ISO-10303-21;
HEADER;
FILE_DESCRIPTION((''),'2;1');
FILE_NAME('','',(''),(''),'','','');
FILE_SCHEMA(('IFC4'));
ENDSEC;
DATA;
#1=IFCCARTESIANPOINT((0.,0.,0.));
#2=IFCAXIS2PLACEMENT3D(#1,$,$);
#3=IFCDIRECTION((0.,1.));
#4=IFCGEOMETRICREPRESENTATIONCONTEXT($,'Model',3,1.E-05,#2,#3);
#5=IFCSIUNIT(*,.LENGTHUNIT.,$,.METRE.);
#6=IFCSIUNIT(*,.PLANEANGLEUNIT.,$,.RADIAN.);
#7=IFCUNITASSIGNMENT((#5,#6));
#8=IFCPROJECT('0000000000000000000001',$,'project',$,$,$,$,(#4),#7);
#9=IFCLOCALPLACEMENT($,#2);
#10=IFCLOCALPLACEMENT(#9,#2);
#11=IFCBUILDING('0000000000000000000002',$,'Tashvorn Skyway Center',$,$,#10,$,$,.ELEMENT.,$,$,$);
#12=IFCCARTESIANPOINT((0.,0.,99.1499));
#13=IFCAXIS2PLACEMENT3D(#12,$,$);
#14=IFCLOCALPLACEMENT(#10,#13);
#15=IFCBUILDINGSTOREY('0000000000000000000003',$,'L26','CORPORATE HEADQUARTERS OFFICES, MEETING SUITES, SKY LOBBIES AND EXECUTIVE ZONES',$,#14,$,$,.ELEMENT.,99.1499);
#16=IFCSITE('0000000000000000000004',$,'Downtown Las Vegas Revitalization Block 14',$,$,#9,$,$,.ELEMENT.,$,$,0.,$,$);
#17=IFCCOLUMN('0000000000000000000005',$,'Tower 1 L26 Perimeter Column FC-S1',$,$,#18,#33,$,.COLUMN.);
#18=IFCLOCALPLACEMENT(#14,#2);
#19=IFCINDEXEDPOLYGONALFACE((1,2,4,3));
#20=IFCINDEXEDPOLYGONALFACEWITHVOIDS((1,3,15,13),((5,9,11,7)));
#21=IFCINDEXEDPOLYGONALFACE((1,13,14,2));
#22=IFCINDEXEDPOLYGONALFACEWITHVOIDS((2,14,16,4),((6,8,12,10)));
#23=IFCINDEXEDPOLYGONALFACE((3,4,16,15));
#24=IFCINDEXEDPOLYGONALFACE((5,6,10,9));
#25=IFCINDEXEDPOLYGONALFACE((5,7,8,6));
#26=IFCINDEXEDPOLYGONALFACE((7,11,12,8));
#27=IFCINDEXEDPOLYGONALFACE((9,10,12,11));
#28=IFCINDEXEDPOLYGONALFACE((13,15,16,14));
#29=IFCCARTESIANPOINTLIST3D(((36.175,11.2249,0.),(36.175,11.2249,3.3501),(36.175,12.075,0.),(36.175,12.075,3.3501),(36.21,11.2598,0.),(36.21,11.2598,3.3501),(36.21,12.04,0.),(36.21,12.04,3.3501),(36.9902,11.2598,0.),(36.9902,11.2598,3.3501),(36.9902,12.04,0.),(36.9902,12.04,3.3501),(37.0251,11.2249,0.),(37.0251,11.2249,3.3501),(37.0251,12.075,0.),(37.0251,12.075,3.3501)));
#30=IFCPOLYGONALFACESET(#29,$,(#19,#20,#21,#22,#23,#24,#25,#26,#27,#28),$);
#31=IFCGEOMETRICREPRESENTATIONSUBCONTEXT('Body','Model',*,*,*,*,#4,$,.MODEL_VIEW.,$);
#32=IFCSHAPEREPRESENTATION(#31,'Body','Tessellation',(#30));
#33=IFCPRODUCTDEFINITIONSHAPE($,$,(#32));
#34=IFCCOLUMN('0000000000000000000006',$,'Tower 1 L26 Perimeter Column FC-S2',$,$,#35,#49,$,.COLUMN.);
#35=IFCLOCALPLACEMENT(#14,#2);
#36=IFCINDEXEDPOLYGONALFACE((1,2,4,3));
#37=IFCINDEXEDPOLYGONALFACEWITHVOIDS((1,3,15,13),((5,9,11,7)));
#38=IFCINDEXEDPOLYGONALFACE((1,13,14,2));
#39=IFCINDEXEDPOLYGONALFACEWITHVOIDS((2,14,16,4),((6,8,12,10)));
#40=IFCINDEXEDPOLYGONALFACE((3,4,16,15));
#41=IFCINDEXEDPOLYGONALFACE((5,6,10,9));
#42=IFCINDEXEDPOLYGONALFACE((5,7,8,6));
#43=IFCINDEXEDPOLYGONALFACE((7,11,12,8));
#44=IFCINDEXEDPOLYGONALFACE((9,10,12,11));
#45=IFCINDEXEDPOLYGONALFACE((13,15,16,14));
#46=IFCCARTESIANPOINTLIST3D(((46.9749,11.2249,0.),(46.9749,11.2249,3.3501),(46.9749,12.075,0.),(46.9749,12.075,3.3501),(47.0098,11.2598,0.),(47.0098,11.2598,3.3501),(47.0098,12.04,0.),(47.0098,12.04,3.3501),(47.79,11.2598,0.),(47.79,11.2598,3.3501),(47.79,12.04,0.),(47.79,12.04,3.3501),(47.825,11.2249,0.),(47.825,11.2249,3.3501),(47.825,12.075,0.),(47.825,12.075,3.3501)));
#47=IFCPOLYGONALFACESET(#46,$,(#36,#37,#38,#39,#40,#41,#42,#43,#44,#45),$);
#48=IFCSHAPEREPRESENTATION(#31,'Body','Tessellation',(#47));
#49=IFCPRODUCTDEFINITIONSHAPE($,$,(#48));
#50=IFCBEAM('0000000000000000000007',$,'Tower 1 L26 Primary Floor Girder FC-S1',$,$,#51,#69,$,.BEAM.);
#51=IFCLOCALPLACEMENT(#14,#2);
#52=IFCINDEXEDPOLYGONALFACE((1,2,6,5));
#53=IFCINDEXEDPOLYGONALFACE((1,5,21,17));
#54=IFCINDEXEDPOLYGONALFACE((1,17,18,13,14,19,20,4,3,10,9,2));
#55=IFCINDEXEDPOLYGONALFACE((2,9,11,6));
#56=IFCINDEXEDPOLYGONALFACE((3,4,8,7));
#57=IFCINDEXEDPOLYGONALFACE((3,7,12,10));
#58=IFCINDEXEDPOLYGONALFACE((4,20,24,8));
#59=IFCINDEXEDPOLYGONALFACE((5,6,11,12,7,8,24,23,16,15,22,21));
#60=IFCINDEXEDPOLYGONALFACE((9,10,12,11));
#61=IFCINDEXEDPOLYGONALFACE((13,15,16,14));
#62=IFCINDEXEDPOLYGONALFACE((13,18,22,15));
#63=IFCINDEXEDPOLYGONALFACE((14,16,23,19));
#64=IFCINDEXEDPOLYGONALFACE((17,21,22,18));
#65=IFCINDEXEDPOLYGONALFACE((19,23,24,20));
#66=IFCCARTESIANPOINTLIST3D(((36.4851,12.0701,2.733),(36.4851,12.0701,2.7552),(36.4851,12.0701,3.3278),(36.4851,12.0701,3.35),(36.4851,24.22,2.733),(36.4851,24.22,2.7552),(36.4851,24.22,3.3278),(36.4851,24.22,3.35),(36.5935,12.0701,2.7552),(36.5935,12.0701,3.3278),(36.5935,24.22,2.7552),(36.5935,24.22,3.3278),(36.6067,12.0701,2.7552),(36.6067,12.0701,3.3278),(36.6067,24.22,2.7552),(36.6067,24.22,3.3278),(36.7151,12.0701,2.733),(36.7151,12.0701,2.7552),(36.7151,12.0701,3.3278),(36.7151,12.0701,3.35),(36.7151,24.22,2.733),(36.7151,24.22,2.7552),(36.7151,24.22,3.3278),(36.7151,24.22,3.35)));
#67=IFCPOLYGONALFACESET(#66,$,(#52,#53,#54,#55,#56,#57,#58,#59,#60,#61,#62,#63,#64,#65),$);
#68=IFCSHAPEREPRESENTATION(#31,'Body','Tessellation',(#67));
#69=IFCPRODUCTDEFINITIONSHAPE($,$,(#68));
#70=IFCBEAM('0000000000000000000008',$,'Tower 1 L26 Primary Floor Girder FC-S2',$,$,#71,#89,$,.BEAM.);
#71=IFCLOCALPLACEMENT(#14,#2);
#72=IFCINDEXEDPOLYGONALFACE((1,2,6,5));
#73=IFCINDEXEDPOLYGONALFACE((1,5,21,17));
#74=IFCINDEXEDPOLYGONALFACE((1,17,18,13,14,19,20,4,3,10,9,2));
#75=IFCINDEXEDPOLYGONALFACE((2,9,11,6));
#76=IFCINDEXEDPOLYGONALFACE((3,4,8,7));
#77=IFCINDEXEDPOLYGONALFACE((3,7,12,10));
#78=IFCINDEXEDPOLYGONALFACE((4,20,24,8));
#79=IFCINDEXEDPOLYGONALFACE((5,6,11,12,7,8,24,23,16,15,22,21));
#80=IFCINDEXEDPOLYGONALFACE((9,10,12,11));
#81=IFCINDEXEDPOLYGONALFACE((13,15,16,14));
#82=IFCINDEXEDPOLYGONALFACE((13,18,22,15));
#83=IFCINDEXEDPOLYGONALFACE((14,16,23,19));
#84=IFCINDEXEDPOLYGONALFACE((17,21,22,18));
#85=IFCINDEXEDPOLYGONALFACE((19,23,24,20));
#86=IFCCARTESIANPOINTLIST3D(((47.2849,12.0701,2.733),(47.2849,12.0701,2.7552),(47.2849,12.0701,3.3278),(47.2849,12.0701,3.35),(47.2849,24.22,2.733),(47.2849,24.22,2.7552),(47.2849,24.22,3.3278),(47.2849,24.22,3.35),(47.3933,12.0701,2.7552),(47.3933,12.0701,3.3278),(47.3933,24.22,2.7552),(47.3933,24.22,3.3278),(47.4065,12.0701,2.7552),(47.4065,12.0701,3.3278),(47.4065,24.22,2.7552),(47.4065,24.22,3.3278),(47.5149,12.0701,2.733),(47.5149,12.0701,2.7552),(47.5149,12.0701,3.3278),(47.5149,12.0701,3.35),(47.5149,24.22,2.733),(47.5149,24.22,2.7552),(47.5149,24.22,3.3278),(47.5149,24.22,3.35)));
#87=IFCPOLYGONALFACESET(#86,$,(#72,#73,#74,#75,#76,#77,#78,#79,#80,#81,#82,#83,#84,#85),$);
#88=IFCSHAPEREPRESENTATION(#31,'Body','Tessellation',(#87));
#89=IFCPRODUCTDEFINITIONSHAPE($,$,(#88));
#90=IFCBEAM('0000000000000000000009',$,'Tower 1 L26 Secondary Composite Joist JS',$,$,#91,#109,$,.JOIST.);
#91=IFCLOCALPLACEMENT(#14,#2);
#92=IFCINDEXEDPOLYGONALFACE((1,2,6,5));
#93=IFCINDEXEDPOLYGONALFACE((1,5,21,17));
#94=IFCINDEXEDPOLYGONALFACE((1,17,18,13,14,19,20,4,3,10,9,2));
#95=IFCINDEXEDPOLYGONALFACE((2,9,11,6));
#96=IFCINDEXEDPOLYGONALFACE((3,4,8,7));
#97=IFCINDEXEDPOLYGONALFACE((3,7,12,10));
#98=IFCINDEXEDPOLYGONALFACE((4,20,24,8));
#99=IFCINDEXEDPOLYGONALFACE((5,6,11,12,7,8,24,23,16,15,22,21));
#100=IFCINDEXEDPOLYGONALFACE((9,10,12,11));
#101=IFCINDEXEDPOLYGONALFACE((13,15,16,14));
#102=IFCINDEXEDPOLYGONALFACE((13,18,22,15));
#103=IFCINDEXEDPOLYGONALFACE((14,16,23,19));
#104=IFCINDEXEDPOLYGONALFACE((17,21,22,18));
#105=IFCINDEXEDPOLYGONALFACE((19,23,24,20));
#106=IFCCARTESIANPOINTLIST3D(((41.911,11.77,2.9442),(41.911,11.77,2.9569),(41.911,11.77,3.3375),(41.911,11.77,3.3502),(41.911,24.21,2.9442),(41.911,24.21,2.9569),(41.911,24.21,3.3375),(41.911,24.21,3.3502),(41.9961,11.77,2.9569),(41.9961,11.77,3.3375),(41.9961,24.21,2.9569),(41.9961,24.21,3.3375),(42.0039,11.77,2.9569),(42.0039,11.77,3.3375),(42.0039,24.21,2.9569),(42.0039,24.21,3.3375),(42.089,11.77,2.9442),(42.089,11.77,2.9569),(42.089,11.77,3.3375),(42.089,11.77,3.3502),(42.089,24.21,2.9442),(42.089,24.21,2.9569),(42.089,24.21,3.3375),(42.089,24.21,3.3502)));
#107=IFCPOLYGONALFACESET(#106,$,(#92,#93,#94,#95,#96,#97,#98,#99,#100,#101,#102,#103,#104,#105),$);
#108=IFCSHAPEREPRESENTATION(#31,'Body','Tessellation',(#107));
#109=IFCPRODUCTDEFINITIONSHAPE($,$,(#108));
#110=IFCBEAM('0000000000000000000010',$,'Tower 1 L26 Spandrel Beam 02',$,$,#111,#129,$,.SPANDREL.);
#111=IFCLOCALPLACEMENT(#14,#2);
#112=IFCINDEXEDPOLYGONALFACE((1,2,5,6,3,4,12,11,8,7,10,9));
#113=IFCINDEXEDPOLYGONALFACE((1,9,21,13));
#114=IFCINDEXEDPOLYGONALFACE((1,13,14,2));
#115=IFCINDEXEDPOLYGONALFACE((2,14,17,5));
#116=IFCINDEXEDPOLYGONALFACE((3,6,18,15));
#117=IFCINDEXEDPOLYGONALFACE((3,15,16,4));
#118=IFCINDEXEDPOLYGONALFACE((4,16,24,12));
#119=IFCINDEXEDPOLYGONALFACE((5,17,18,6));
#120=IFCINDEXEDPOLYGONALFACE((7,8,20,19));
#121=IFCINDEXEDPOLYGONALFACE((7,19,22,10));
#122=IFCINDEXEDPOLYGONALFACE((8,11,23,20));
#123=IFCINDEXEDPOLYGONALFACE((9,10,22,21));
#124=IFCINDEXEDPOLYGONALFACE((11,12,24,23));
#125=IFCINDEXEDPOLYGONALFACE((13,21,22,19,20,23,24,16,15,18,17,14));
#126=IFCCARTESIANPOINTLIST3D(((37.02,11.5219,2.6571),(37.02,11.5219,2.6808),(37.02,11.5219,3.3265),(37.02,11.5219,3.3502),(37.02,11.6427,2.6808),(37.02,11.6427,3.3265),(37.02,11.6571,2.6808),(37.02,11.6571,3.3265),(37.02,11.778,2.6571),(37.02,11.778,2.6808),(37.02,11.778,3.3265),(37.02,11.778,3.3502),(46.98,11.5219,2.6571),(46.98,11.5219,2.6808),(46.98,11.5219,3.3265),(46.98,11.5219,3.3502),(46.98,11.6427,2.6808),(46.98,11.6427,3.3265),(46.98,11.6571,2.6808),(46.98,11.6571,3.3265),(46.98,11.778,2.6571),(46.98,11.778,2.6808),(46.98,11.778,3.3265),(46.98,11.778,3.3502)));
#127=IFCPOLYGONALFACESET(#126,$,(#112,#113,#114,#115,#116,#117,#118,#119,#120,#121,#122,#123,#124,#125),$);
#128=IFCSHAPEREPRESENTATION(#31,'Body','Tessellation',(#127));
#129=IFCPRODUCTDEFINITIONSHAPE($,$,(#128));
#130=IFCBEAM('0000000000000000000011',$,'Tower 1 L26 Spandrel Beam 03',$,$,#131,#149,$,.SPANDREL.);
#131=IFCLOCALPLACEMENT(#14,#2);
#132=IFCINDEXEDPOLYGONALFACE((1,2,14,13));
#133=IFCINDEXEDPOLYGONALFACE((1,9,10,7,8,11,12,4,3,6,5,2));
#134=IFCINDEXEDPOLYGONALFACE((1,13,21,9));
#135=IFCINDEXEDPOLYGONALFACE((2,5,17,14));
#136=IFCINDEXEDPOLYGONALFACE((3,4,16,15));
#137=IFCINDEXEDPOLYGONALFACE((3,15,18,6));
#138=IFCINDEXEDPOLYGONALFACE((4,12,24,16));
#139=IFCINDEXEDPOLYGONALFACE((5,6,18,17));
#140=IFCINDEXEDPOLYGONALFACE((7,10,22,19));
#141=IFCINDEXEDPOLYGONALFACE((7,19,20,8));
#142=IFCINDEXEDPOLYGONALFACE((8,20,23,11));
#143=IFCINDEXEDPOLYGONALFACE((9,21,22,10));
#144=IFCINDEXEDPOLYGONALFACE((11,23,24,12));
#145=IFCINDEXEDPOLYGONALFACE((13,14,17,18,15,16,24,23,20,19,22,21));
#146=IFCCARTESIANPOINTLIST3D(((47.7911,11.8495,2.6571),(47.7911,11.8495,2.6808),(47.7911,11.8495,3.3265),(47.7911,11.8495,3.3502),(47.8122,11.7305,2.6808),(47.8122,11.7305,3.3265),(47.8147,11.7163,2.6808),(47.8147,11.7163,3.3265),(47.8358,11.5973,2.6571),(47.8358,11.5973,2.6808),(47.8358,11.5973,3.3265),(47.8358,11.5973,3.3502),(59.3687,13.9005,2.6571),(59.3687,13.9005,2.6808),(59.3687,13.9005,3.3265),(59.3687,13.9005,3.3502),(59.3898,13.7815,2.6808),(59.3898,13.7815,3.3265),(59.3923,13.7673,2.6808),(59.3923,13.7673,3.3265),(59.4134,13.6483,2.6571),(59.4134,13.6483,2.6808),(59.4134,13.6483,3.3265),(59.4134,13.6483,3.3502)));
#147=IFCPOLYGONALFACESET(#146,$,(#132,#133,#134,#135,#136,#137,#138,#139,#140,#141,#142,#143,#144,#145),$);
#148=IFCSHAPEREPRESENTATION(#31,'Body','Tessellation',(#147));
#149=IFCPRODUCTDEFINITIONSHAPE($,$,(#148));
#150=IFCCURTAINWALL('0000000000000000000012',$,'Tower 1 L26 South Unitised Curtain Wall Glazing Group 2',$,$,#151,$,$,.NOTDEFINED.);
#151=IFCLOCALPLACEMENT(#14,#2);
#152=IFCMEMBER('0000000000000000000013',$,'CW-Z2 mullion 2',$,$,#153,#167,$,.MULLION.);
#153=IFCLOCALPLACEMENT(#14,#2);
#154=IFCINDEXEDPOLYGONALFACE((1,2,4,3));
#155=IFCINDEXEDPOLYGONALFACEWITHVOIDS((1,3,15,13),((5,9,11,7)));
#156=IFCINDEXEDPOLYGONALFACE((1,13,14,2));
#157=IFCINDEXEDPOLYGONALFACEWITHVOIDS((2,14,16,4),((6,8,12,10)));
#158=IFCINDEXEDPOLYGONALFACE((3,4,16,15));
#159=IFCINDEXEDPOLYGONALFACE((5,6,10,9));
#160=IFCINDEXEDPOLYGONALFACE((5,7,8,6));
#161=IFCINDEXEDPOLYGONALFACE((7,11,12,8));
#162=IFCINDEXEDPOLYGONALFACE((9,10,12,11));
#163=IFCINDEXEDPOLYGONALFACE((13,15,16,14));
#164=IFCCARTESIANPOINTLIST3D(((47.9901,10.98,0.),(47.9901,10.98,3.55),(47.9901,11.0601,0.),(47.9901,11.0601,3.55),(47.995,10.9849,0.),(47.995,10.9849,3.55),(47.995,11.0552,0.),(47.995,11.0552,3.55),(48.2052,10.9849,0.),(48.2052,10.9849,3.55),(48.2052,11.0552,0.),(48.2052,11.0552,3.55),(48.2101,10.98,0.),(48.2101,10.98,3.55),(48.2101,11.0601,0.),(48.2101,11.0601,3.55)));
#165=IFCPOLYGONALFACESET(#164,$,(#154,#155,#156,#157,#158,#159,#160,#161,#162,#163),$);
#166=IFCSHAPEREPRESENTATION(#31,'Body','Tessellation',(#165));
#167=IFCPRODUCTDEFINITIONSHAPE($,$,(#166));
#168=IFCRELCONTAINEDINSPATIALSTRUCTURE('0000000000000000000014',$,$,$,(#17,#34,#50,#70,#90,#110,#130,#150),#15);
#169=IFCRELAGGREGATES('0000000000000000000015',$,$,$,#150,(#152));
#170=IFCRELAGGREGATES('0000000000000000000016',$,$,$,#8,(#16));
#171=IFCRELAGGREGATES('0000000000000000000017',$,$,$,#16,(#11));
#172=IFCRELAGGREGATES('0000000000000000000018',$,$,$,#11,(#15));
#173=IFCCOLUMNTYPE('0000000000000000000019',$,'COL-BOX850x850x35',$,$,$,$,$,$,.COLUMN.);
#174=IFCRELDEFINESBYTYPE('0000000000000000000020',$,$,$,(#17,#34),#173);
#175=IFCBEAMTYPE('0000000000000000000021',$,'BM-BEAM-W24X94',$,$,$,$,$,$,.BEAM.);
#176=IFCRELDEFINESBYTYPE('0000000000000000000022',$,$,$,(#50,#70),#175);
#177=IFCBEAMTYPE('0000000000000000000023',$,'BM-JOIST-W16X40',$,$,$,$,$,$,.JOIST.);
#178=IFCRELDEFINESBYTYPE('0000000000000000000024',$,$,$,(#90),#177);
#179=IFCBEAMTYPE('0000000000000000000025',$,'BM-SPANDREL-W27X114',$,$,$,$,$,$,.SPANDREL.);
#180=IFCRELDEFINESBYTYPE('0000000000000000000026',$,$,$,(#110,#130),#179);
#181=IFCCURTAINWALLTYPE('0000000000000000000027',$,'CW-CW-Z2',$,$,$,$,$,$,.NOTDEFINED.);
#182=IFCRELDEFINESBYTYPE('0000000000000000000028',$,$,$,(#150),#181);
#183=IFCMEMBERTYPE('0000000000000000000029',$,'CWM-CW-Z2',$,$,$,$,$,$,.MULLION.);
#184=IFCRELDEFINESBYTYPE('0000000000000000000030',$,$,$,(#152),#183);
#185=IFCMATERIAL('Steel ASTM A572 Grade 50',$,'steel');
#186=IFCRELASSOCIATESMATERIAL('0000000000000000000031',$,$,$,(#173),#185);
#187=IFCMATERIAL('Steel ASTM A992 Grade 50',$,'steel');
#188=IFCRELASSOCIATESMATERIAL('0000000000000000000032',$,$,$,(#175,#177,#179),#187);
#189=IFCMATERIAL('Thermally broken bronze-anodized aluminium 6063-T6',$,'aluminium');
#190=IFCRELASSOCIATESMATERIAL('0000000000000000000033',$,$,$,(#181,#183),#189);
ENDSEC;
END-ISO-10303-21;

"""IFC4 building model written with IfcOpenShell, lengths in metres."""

from ifc_helpers import new_model, si_unit, direction, frame, origin, origin_2d, place, context, subcontext, project, spatial, hollow_rectangle, i_section, extrude, material, material_profile, profile_set, type_object, element, aggregate, save


model = new_model("IFC4")

# Units and contexts
model_context = context("Model", 3, precision=1e-05, world=origin(), true_north=direction((0.0, 1.0)))
body_context = subcontext(model_context, "Body", "Model", "MODEL_VIEW")
ifc_project = project(units=[si_unit("LENGTHUNIT", "METRE"), si_unit("PLANEANGLEUNIT", "RADIAN")], contexts=[model_context])

# Site, building, storey
site_placement = place(None, origin())
site = spatial("IfcSite", under=ifc_project, at=site_placement, Name="Downtown Las Vegas Revitalization Block 14", CompositionType="ELEMENT", RefElevation=0.0)
building_placement = place(site_placement, origin())
building = spatial("IfcBuilding", under=site, at=building_placement, Name="Tashvorn Skyway Center", CompositionType="ELEMENT")
storey_placement = place(building_placement, frame((0.0, 0.0, 99.1499)))
storey = spatial("IfcBuildingStorey", under=building, at=storey_placement, Name="L26", Description="CORPORATE HEADQUARTERS OFFICES, MEETING SUITES, SKY LOBBIES AND EXECUTIVE ZONES", CompositionType="ELEMENT", Elevation=99.1499)

# Columns
ifc_material_1 = material(Name="Steel ASTM A572 Grade 50", Category="steel")
ifc_material_profile_1 = material_profile(ifc_material_1, hollow_rectangle(XDim=0.8501, YDim=0.8501, WallThickness=0.0349, at=origin_2d()), Name="BOX850x850x35")
ifc_profile_set_1 = profile_set([ifc_material_profile_1], Name="Steel ASTM A572 Grade 50")
column_type = type_object("IfcColumnType", Name="COL-BOX850x850x35", PredefinedType="COLUMN", material=ifc_profile_set_1)
for number, where, z_axis, x_axis, name in (
    (1, (36.6001, 11.6499, 0.0), (0.0, 0.0, 1.0), (1.0, 0.0, 0.0), "Tower 1 L26 Perimeter Column FC-S1"),
    (2, (47.3999, 11.6499, 0.0), (0.0, 0.0, 1.0), (1.0, 0.0, 0.0), "Tower 1 L26 Perimeter Column FC-S2"),
):
    element("IfcColumn", number, at=place(storey_placement, frame(where, z_axis=z_axis, x_axis=x_axis)), inside=storey, type_object=column_type, Name=name, PredefinedType="COLUMN", context=body_context, shape_type="SweptSolid", body=[
        extrude(hollow_rectangle(XDim=0.8501, YDim=0.8501, WallThickness=0.0349, at=origin_2d()), origin(), (0.0, 0.0, 1.0), 3.3501),
    ])

# Beams
ifc_material_2 = material(Name="Steel ASTM A992 Grade 50", Category="steel")
ifc_material_profile_2 = material_profile(ifc_material_2, i_section(OverallWidth=0.23, OverallDepth=0.6169, WebThickness=0.0132, FlangeThickness=0.0222, at=origin_2d()), Name="W24X94")
ifc_profile_set_2 = profile_set([ifc_material_profile_2], Name="Steel ASTM A992 Grade 50")
beam_type_1 = type_object("IfcBeamType", Name="BM-BEAM-W24X94", PredefinedType="BEAM", material=ifc_profile_set_2)
for number, where, z_axis, x_axis, name in (
    (3, (36.6001, 12.0701, 3.0415), (0.0, 1.0, 0.0), (-1.0, 0.0, 0.0), "Tower 1 L26 Primary Floor Girder FC-S1"),
    (4, (47.3999, 12.0701, 3.0415), (0.0, 1.0, 0.0), (-1.0, 0.0, 0.0), "Tower 1 L26 Primary Floor Girder FC-S2"),
):
    element("IfcBeam", number, at=place(storey_placement, frame(where, z_axis=z_axis, x_axis=x_axis)), inside=storey, type_object=beam_type_1, Name=name, PredefinedType="BEAM", context=body_context, shape_type="SweptSolid", body=[
        extrude(i_section(OverallWidth=0.23, OverallDepth=0.6169, WebThickness=0.0132, FlangeThickness=0.0222, at=origin_2d()), origin(), (0.0, 0.0, 1.0), 12.1499),
    ])
ifc_material_profile_3 = material_profile(ifc_material_2, i_section(OverallWidth=0.178, OverallDepth=0.406, WebThickness=0.0078, FlangeThickness=0.0127, at=origin_2d()), Name="W16X40")
ifc_profile_set_3 = profile_set([ifc_material_profile_3], Name="Steel ASTM A992 Grade 50")
beam_type_2 = type_object("IfcBeamType", Name="BM-JOIST-W16X40", PredefinedType="JOIST", material=ifc_profile_set_3)
beam_1_placement = place(storey_placement, frame((42.0, 24.21, 3.1472), z_axis=(0.0, -1.0, 0.0), x_axis=(1.0, 0.0, 0.0)))
element("IfcBeam", 5, at=beam_1_placement, inside=storey, type_object=beam_type_2, Name="Tower 1 L26 Secondary Composite Joist JS", PredefinedType="JOIST", context=body_context, shape_type="SweptSolid", body=[
    extrude(i_section(OverallWidth=0.178, OverallDepth=0.406, WebThickness=0.0078, FlangeThickness=0.0127, at=origin_2d()), origin(), (0.0, 0.0, 1.0), 12.4399),
])
ifc_material_profile_4 = material_profile(ifc_material_2, i_section(OverallWidth=0.2561, OverallDepth=0.6931, WebThickness=0.0144, FlangeThickness=0.0237, at=origin_2d()), Name="W27X114")
ifc_profile_set_4 = profile_set([ifc_material_profile_4], Name="Steel ASTM A992 Grade 50")
beam_type_3 = type_object("IfcBeamType", Name="BM-SPANDREL-W27X114", PredefinedType="SPANDREL", material=ifc_profile_set_4)
beam_2_placement = place(storey_placement, frame((37.02, 11.6499, 3.0037), z_axis=(1.0, 0.0, 0.0), x_axis=(0.0, 1.0, 0.0)))
element("IfcBeam", 6, at=beam_2_placement, inside=storey, type_object=beam_type_3, Name="Tower 1 L26 Spandrel Beam 02", PredefinedType="SPANDREL", context=body_context, shape_type="SweptSolid", body=[
    extrude(i_section(OverallWidth=0.2561, OverallDepth=0.6931, WebThickness=0.0144, FlangeThickness=0.0237, at=origin_2d()), origin(), (0.0, 0.0, 1.0), 9.96),
])
beam_3_placement = place(storey_placement, frame((47.8135, 11.7234, 3.0037), z_axis=(0.984668, 0.174438, 0.0), x_axis=(-0.174438, 0.984668, 0.0)))
element("IfcBeam", 7, at=beam_3_placement, inside=storey, type_object=beam_type_3, Name="Tower 1 L26 Spandrel Beam 03", PredefinedType="SPANDREL", context=body_context, shape_type="SweptSolid", body=[
    extrude(i_section(OverallWidth=0.2561, OverallDepth=0.6931, WebThickness=0.0144, FlangeThickness=0.0237, at=origin_2d()), origin(), (0.0, 0.0, 1.0), 11.7578),
])

# Curtain wall, member
ifc_material_3 = material(Name="Thermally broken bronze-anodized aluminium 6063-T6", Category="aluminium")
curtain_wall_type = type_object("IfcCurtainWallType", Name="CW-CW-Z2", PredefinedType="NOTDEFINED", material=ifc_material_3)
curtain_wall_placement = place(storey_placement, origin())
curtain_wall = element("IfcCurtainWall", 8, at=curtain_wall_placement, inside=storey, type_object=curtain_wall_type, Name="Tower 1 L26 South Unitised Curtain Wall Glazing Group 2", PredefinedType="NOTDEFINED")
ifc_material_profile_5 = material_profile(ifc_material_3, hollow_rectangle(XDim=0.0801, YDim=0.22, WallThickness=0.0049, at=origin_2d()), Name="ALU-MULL-80x220")
ifc_profile_set_5 = profile_set([ifc_material_profile_5], Name="Thermally broken bronze-anodized aluminium 6063-T6")
member_type = type_object("IfcMemberType", Name="CWM-CW-Z2", PredefinedType="MULLION", material=ifc_profile_set_5)
member_placement = place(storey_placement, frame((48.1001, 11.02, 0.0), z_axis=(0.0, 0.0, 1.0), x_axis=(0.0, -1.0, 0.0)))
member = element("IfcMember", 9, at=member_placement, type_object=member_type, Name="CW-Z2 mullion 2", PredefinedType="MULLION", context=body_context, shape_type="SweptSolid", body=[
    extrude(hollow_rectangle(XDim=0.0801, YDim=0.22, WallThickness=0.0049, at=origin_2d()), origin(), (0.0, 0.0, 1.0), 3.55),
])
aggregate(curtain_wall, [member])

save(model, "model.ifc")
